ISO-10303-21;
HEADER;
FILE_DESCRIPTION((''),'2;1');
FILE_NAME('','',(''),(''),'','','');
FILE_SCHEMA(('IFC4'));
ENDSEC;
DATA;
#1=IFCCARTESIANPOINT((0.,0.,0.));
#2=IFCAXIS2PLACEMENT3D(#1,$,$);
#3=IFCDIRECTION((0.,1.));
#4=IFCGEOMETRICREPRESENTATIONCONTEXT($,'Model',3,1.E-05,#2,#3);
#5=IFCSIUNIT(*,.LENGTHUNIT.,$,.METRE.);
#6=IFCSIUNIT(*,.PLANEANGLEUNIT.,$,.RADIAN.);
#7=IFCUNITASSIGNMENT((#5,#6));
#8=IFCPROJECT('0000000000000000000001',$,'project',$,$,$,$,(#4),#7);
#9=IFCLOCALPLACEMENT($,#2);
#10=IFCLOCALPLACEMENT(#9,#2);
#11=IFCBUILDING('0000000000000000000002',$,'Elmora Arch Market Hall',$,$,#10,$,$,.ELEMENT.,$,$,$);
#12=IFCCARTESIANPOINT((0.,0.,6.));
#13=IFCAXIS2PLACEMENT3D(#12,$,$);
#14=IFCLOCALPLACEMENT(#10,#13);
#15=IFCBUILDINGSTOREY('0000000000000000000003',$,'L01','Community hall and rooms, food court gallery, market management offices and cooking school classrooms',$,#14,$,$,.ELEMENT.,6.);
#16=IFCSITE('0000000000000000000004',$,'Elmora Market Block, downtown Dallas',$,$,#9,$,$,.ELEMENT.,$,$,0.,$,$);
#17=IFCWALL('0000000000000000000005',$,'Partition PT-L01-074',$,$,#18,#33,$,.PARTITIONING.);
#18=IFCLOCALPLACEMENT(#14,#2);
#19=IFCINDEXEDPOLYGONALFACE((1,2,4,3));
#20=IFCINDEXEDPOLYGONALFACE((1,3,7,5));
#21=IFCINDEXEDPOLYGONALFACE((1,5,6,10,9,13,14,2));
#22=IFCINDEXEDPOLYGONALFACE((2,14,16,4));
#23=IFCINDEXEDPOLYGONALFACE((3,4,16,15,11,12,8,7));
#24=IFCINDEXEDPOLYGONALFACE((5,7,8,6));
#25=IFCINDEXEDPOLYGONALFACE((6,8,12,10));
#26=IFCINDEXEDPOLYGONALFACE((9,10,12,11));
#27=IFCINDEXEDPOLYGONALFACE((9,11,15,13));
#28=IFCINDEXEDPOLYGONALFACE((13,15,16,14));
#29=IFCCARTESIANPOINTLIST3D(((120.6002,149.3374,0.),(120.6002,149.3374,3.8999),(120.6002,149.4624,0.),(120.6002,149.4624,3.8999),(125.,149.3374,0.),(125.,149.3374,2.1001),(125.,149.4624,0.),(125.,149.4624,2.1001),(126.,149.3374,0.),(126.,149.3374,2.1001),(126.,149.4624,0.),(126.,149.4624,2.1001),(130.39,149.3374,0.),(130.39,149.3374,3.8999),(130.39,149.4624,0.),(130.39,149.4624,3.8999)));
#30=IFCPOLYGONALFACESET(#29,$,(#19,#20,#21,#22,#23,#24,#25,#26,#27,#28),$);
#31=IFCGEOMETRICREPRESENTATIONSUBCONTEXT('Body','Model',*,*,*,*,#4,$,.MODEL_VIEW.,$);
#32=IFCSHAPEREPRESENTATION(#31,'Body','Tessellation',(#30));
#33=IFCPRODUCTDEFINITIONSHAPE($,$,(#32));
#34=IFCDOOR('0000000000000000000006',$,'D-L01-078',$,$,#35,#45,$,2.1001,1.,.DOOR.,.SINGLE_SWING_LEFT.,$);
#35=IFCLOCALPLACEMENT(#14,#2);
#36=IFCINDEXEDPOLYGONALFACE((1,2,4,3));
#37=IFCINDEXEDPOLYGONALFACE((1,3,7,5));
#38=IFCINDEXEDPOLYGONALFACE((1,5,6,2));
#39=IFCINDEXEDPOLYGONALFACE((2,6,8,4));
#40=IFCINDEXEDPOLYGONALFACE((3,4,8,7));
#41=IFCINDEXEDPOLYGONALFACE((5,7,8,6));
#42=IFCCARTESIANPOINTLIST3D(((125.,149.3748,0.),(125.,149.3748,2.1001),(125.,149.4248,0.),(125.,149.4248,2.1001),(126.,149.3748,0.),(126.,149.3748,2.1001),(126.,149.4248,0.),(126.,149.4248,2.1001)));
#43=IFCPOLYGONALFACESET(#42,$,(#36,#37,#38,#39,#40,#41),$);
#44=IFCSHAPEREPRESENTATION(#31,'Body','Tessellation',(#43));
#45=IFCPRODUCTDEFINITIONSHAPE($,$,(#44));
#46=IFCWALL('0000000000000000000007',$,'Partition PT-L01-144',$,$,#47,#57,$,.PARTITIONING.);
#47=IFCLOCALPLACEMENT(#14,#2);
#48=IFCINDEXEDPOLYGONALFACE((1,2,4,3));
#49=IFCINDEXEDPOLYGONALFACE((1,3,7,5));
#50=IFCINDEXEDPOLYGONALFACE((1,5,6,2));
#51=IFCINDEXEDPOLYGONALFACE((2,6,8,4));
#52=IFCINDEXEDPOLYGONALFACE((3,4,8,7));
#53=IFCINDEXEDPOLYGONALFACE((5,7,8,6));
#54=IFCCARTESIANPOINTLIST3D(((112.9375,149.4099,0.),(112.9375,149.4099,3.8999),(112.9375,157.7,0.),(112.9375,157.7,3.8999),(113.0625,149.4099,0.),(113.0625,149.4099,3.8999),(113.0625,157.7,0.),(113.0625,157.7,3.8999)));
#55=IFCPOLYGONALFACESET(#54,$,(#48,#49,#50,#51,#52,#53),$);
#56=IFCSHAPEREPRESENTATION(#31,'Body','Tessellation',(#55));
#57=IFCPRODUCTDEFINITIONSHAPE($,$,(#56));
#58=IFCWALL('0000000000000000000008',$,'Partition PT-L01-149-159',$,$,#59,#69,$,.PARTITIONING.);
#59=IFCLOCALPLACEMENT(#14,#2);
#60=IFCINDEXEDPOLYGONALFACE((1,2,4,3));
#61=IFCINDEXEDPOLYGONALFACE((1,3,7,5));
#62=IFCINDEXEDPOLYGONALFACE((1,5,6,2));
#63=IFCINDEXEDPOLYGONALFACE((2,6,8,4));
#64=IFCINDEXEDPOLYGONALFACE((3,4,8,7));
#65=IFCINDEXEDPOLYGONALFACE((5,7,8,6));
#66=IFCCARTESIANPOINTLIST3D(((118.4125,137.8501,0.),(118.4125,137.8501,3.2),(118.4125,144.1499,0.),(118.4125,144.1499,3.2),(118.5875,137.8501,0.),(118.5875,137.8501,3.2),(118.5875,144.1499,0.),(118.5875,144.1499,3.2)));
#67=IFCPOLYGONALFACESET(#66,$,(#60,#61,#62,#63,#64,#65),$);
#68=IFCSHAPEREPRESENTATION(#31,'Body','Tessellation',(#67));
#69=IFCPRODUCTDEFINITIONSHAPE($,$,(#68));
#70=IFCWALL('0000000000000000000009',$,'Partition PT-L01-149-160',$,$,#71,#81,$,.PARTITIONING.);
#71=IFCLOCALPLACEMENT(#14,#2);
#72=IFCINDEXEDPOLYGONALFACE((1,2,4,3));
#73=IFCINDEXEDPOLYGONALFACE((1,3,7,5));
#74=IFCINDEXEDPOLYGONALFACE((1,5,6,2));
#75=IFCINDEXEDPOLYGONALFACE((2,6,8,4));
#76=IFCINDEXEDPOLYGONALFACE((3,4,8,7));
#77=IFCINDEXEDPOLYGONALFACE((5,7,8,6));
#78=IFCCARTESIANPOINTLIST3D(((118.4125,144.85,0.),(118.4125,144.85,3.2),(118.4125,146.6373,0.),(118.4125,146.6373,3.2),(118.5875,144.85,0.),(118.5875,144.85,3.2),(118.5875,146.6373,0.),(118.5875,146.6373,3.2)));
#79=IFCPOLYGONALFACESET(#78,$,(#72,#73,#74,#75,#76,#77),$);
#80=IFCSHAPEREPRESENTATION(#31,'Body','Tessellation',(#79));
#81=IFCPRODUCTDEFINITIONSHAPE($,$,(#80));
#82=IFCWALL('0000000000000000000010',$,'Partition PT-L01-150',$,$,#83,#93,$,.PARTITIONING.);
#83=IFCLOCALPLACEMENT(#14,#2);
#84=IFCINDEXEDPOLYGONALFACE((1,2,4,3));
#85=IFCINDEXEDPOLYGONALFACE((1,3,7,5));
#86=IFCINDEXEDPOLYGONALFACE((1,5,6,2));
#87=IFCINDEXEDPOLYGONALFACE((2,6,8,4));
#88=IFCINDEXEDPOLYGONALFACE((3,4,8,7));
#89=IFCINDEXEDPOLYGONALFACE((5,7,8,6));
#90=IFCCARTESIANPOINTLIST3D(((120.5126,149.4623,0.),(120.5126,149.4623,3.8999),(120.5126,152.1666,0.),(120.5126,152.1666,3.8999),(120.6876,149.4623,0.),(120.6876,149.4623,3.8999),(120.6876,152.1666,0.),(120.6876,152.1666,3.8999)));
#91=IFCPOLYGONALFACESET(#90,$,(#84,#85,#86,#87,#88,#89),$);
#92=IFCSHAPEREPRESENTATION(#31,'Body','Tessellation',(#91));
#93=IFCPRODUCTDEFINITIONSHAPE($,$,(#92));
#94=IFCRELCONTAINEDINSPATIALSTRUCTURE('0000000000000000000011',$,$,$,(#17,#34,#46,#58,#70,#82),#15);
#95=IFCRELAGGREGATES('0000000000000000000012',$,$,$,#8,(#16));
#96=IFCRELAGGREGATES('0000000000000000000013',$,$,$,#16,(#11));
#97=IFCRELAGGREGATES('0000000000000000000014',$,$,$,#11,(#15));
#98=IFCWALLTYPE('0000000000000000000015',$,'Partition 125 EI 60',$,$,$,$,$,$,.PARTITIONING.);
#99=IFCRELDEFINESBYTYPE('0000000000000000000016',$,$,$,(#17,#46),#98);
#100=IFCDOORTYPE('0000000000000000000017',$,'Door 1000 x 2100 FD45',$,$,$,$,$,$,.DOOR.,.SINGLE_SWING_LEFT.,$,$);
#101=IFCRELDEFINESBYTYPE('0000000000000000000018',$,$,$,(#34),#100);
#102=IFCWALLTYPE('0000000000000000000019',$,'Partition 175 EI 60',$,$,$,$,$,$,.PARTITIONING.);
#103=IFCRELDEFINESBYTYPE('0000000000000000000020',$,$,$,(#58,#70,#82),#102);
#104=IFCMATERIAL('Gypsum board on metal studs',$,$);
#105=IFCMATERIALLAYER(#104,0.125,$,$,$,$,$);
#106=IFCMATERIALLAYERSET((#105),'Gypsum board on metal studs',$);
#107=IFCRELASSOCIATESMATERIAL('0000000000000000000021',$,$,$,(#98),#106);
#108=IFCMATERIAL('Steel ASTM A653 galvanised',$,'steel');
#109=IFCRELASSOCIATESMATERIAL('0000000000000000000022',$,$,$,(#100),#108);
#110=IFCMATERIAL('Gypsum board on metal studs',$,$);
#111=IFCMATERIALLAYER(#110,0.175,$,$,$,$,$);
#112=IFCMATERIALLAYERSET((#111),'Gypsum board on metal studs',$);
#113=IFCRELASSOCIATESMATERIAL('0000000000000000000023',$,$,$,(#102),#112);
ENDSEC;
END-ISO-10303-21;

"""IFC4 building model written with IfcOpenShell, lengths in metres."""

from ifc_helpers import new_model, si_unit, direction, frame, frame_2d, origin, place, context, subcontext, project, spatial, rectangle, extrude, material, layer, layer_set, type_object, element, fill, save


model = new_model("IFC4")

# Units and contexts
model_context = context("Model", 3, precision=1e-05, world=origin(), true_north=direction((0.0, 1.0)))
body_context = subcontext(model_context, "Body", "Model", "MODEL_VIEW")
ifc_project = project(units=[si_unit("LENGTHUNIT", "METRE"), si_unit("PLANEANGLEUNIT", "RADIAN")], contexts=[model_context])

# Site, building, storey
site_placement = place(None, origin())
site = spatial("IfcSite", under=ifc_project, at=site_placement, Name="Elmora Market Block, downtown Dallas", CompositionType="ELEMENT", RefElevation=0.0)
building_placement = place(site_placement, origin())
building = spatial("IfcBuilding", under=site, at=building_placement, Name="Elmora Arch Market Hall", CompositionType="ELEMENT")
storey_placement = place(building_placement, frame((0.0, 0.0, 6.0)))
storey = spatial("IfcBuildingStorey", under=building, at=storey_placement, Name="L01", Description="Community hall and rooms, food court gallery, market management offices and cooking school classrooms", CompositionType="ELEMENT", Elevation=6.0)

# Shared definitions
ifc_material_1 = material(Name="Gypsum board on metal studs")
ifc_layer_1 = layer(ifc_material_1, 0.125)
ifc_layer_set_1 = layer_set([ifc_layer_1], Name="Gypsum board on metal studs")
wall_type_1 = type_object("IfcWallType", Name="Partition 125 EI 60", PredefinedType="PARTITIONING", material=ifc_layer_set_1)
ifc_material_2 = material(Name="Steel ASTM A653 galvanised", Category="steel")
door_type_1 = type_object("IfcDoorType", Name="Door 1000 x 2100 FD45", OperationType="SINGLE_SWING_LEFT", PredefinedType="DOOR", material=ifc_material_2)

# Wall, opening, door
wall_1_placement = place(storey_placement, frame((120.6001, 149.3999, 0.0), z_axis=(0.0, 0.0, 1.0), x_axis=(1.0, 0.0, 0.0)))
wall_1 = element("IfcWall", 1, at=wall_1_placement, inside=storey, type_object=wall_type_1, Name="Partition PT-L01-074", PredefinedType="PARTITIONING", context=body_context, shape_type="SweptSolid", body=[
    extrude(rectangle(XDim=9.7898, YDim=0.125, at=frame_2d((4.895, 0.0))), origin(), (0.0, 0.0, 1.0), 3.8999),
])
opening_1_placement = place(wall_1_placement, frame((4.3999, 0.0, 0.0)))
opening_1 = element("IfcOpeningElement", 2, at=opening_1_placement, cuts=wall_1, PredefinedType="OPENING", context=body_context, shape_type="SweptSolid", body=[
    extrude(rectangle(XDim=1.0, YDim=2.1001, at=frame_2d((0.5, 1.05))), frame((0.0, 0.0725, 0.0), z_axis=(0.0, -1.0, 0.0), x_axis=(1.0, 0.0, 0.0)), (0.0, 0.0, 1.0), 0.145),
])
door_1_placement = place(opening_1_placement, origin())
door_1 = element("IfcDoor", 3, at=door_1_placement, inside=storey, type_object=door_type_1, Name="D-L01-078", OperationType="SINGLE_SWING_LEFT", OverallHeight=2.1001, OverallWidth=1.0, PredefinedType="DOOR", context=body_context, shape_type="SweptSolid", body=[
    extrude(rectangle(XDim=1.0, YDim=2.1001, at=frame_2d((0.5, 1.05))), frame((0.0, 0.0249, 0.0), z_axis=(0.0, -1.0, 0.0), x_axis=(1.0, 0.0, 0.0)), (0.0, 0.0, 1.0), 0.05),
])
fill(opening_1, door_1)

# Walls
wall_2_placement = place(storey_placement, frame((113.0, 149.4099, 0.0), z_axis=(0.0, 0.0, 1.0), x_axis=(0.0, 1.0, 0.0)))
element("IfcWall", 4, at=wall_2_placement, inside=storey, type_object=wall_type_1, Name="Partition PT-L01-144", PredefinedType="PARTITIONING", context=body_context, shape_type="SweptSolid", body=[
    extrude(rectangle(XDim=8.29, YDim=0.125, at=frame_2d((4.145, 0.0))), origin(), (0.0, 0.0, 1.0), 3.8999),
])
ifc_material_3 = material(Name="Gypsum board on metal studs")
ifc_layer_2 = layer(ifc_material_3, 0.175)
ifc_layer_set_2 = layer_set([ifc_layer_2], Name="Gypsum board on metal studs")
wall_type_2 = type_object("IfcWallType", Name="Partition 175 EI 60", PredefinedType="PARTITIONING", material=ifc_layer_set_2)
wall_3_placement = place(storey_placement, frame((118.5, 137.8501, 0.0), z_axis=(0.0, 0.0, 1.0), x_axis=(0.0, 1.0, 0.0)))
element("IfcWall", 5, at=wall_3_placement, inside=storey, type_object=wall_type_2, Name="Partition PT-L01-149-159", PredefinedType="PARTITIONING", context=body_context, shape_type="SweptSolid", body=[
    extrude(rectangle(XDim=6.2998, YDim=0.175, at=frame_2d((3.1499, 0.0))), origin(), (0.0, 0.0, 1.0), 3.2),
])
wall_4_placement = place(storey_placement, frame((118.5, 144.8501, 0.0), z_axis=(0.0, 0.0, 1.0), x_axis=(0.0, 1.0, 0.0)))
element("IfcWall", 6, at=wall_4_placement, inside=storey, type_object=wall_type_2, Name="Partition PT-L01-149-160", PredefinedType="PARTITIONING", context=body_context, shape_type="SweptSolid", body=[
    extrude(rectangle(XDim=1.7874, YDim=0.175, at=frame_2d((0.8936, 0.0))), origin(), (0.0, 0.0, 1.0), 3.2),
])
wall_5_placement = place(storey_placement, frame((120.6001, 149.4624, 0.0), z_axis=(0.0, 0.0, 1.0), x_axis=(0.0, 1.0, 0.0)))
element("IfcWall", 7, at=wall_5_placement, inside=storey, type_object=wall_type_2, Name="Partition PT-L01-150", PredefinedType="PARTITIONING", context=body_context, shape_type="SweptSolid", body=[
    extrude(rectangle(XDim=2.7043, YDim=0.175, at=frame_2d((1.3521, 0.0))), origin(), (0.0, 0.0, 1.0), 3.8999),
])

save(model, "model.ifc")
